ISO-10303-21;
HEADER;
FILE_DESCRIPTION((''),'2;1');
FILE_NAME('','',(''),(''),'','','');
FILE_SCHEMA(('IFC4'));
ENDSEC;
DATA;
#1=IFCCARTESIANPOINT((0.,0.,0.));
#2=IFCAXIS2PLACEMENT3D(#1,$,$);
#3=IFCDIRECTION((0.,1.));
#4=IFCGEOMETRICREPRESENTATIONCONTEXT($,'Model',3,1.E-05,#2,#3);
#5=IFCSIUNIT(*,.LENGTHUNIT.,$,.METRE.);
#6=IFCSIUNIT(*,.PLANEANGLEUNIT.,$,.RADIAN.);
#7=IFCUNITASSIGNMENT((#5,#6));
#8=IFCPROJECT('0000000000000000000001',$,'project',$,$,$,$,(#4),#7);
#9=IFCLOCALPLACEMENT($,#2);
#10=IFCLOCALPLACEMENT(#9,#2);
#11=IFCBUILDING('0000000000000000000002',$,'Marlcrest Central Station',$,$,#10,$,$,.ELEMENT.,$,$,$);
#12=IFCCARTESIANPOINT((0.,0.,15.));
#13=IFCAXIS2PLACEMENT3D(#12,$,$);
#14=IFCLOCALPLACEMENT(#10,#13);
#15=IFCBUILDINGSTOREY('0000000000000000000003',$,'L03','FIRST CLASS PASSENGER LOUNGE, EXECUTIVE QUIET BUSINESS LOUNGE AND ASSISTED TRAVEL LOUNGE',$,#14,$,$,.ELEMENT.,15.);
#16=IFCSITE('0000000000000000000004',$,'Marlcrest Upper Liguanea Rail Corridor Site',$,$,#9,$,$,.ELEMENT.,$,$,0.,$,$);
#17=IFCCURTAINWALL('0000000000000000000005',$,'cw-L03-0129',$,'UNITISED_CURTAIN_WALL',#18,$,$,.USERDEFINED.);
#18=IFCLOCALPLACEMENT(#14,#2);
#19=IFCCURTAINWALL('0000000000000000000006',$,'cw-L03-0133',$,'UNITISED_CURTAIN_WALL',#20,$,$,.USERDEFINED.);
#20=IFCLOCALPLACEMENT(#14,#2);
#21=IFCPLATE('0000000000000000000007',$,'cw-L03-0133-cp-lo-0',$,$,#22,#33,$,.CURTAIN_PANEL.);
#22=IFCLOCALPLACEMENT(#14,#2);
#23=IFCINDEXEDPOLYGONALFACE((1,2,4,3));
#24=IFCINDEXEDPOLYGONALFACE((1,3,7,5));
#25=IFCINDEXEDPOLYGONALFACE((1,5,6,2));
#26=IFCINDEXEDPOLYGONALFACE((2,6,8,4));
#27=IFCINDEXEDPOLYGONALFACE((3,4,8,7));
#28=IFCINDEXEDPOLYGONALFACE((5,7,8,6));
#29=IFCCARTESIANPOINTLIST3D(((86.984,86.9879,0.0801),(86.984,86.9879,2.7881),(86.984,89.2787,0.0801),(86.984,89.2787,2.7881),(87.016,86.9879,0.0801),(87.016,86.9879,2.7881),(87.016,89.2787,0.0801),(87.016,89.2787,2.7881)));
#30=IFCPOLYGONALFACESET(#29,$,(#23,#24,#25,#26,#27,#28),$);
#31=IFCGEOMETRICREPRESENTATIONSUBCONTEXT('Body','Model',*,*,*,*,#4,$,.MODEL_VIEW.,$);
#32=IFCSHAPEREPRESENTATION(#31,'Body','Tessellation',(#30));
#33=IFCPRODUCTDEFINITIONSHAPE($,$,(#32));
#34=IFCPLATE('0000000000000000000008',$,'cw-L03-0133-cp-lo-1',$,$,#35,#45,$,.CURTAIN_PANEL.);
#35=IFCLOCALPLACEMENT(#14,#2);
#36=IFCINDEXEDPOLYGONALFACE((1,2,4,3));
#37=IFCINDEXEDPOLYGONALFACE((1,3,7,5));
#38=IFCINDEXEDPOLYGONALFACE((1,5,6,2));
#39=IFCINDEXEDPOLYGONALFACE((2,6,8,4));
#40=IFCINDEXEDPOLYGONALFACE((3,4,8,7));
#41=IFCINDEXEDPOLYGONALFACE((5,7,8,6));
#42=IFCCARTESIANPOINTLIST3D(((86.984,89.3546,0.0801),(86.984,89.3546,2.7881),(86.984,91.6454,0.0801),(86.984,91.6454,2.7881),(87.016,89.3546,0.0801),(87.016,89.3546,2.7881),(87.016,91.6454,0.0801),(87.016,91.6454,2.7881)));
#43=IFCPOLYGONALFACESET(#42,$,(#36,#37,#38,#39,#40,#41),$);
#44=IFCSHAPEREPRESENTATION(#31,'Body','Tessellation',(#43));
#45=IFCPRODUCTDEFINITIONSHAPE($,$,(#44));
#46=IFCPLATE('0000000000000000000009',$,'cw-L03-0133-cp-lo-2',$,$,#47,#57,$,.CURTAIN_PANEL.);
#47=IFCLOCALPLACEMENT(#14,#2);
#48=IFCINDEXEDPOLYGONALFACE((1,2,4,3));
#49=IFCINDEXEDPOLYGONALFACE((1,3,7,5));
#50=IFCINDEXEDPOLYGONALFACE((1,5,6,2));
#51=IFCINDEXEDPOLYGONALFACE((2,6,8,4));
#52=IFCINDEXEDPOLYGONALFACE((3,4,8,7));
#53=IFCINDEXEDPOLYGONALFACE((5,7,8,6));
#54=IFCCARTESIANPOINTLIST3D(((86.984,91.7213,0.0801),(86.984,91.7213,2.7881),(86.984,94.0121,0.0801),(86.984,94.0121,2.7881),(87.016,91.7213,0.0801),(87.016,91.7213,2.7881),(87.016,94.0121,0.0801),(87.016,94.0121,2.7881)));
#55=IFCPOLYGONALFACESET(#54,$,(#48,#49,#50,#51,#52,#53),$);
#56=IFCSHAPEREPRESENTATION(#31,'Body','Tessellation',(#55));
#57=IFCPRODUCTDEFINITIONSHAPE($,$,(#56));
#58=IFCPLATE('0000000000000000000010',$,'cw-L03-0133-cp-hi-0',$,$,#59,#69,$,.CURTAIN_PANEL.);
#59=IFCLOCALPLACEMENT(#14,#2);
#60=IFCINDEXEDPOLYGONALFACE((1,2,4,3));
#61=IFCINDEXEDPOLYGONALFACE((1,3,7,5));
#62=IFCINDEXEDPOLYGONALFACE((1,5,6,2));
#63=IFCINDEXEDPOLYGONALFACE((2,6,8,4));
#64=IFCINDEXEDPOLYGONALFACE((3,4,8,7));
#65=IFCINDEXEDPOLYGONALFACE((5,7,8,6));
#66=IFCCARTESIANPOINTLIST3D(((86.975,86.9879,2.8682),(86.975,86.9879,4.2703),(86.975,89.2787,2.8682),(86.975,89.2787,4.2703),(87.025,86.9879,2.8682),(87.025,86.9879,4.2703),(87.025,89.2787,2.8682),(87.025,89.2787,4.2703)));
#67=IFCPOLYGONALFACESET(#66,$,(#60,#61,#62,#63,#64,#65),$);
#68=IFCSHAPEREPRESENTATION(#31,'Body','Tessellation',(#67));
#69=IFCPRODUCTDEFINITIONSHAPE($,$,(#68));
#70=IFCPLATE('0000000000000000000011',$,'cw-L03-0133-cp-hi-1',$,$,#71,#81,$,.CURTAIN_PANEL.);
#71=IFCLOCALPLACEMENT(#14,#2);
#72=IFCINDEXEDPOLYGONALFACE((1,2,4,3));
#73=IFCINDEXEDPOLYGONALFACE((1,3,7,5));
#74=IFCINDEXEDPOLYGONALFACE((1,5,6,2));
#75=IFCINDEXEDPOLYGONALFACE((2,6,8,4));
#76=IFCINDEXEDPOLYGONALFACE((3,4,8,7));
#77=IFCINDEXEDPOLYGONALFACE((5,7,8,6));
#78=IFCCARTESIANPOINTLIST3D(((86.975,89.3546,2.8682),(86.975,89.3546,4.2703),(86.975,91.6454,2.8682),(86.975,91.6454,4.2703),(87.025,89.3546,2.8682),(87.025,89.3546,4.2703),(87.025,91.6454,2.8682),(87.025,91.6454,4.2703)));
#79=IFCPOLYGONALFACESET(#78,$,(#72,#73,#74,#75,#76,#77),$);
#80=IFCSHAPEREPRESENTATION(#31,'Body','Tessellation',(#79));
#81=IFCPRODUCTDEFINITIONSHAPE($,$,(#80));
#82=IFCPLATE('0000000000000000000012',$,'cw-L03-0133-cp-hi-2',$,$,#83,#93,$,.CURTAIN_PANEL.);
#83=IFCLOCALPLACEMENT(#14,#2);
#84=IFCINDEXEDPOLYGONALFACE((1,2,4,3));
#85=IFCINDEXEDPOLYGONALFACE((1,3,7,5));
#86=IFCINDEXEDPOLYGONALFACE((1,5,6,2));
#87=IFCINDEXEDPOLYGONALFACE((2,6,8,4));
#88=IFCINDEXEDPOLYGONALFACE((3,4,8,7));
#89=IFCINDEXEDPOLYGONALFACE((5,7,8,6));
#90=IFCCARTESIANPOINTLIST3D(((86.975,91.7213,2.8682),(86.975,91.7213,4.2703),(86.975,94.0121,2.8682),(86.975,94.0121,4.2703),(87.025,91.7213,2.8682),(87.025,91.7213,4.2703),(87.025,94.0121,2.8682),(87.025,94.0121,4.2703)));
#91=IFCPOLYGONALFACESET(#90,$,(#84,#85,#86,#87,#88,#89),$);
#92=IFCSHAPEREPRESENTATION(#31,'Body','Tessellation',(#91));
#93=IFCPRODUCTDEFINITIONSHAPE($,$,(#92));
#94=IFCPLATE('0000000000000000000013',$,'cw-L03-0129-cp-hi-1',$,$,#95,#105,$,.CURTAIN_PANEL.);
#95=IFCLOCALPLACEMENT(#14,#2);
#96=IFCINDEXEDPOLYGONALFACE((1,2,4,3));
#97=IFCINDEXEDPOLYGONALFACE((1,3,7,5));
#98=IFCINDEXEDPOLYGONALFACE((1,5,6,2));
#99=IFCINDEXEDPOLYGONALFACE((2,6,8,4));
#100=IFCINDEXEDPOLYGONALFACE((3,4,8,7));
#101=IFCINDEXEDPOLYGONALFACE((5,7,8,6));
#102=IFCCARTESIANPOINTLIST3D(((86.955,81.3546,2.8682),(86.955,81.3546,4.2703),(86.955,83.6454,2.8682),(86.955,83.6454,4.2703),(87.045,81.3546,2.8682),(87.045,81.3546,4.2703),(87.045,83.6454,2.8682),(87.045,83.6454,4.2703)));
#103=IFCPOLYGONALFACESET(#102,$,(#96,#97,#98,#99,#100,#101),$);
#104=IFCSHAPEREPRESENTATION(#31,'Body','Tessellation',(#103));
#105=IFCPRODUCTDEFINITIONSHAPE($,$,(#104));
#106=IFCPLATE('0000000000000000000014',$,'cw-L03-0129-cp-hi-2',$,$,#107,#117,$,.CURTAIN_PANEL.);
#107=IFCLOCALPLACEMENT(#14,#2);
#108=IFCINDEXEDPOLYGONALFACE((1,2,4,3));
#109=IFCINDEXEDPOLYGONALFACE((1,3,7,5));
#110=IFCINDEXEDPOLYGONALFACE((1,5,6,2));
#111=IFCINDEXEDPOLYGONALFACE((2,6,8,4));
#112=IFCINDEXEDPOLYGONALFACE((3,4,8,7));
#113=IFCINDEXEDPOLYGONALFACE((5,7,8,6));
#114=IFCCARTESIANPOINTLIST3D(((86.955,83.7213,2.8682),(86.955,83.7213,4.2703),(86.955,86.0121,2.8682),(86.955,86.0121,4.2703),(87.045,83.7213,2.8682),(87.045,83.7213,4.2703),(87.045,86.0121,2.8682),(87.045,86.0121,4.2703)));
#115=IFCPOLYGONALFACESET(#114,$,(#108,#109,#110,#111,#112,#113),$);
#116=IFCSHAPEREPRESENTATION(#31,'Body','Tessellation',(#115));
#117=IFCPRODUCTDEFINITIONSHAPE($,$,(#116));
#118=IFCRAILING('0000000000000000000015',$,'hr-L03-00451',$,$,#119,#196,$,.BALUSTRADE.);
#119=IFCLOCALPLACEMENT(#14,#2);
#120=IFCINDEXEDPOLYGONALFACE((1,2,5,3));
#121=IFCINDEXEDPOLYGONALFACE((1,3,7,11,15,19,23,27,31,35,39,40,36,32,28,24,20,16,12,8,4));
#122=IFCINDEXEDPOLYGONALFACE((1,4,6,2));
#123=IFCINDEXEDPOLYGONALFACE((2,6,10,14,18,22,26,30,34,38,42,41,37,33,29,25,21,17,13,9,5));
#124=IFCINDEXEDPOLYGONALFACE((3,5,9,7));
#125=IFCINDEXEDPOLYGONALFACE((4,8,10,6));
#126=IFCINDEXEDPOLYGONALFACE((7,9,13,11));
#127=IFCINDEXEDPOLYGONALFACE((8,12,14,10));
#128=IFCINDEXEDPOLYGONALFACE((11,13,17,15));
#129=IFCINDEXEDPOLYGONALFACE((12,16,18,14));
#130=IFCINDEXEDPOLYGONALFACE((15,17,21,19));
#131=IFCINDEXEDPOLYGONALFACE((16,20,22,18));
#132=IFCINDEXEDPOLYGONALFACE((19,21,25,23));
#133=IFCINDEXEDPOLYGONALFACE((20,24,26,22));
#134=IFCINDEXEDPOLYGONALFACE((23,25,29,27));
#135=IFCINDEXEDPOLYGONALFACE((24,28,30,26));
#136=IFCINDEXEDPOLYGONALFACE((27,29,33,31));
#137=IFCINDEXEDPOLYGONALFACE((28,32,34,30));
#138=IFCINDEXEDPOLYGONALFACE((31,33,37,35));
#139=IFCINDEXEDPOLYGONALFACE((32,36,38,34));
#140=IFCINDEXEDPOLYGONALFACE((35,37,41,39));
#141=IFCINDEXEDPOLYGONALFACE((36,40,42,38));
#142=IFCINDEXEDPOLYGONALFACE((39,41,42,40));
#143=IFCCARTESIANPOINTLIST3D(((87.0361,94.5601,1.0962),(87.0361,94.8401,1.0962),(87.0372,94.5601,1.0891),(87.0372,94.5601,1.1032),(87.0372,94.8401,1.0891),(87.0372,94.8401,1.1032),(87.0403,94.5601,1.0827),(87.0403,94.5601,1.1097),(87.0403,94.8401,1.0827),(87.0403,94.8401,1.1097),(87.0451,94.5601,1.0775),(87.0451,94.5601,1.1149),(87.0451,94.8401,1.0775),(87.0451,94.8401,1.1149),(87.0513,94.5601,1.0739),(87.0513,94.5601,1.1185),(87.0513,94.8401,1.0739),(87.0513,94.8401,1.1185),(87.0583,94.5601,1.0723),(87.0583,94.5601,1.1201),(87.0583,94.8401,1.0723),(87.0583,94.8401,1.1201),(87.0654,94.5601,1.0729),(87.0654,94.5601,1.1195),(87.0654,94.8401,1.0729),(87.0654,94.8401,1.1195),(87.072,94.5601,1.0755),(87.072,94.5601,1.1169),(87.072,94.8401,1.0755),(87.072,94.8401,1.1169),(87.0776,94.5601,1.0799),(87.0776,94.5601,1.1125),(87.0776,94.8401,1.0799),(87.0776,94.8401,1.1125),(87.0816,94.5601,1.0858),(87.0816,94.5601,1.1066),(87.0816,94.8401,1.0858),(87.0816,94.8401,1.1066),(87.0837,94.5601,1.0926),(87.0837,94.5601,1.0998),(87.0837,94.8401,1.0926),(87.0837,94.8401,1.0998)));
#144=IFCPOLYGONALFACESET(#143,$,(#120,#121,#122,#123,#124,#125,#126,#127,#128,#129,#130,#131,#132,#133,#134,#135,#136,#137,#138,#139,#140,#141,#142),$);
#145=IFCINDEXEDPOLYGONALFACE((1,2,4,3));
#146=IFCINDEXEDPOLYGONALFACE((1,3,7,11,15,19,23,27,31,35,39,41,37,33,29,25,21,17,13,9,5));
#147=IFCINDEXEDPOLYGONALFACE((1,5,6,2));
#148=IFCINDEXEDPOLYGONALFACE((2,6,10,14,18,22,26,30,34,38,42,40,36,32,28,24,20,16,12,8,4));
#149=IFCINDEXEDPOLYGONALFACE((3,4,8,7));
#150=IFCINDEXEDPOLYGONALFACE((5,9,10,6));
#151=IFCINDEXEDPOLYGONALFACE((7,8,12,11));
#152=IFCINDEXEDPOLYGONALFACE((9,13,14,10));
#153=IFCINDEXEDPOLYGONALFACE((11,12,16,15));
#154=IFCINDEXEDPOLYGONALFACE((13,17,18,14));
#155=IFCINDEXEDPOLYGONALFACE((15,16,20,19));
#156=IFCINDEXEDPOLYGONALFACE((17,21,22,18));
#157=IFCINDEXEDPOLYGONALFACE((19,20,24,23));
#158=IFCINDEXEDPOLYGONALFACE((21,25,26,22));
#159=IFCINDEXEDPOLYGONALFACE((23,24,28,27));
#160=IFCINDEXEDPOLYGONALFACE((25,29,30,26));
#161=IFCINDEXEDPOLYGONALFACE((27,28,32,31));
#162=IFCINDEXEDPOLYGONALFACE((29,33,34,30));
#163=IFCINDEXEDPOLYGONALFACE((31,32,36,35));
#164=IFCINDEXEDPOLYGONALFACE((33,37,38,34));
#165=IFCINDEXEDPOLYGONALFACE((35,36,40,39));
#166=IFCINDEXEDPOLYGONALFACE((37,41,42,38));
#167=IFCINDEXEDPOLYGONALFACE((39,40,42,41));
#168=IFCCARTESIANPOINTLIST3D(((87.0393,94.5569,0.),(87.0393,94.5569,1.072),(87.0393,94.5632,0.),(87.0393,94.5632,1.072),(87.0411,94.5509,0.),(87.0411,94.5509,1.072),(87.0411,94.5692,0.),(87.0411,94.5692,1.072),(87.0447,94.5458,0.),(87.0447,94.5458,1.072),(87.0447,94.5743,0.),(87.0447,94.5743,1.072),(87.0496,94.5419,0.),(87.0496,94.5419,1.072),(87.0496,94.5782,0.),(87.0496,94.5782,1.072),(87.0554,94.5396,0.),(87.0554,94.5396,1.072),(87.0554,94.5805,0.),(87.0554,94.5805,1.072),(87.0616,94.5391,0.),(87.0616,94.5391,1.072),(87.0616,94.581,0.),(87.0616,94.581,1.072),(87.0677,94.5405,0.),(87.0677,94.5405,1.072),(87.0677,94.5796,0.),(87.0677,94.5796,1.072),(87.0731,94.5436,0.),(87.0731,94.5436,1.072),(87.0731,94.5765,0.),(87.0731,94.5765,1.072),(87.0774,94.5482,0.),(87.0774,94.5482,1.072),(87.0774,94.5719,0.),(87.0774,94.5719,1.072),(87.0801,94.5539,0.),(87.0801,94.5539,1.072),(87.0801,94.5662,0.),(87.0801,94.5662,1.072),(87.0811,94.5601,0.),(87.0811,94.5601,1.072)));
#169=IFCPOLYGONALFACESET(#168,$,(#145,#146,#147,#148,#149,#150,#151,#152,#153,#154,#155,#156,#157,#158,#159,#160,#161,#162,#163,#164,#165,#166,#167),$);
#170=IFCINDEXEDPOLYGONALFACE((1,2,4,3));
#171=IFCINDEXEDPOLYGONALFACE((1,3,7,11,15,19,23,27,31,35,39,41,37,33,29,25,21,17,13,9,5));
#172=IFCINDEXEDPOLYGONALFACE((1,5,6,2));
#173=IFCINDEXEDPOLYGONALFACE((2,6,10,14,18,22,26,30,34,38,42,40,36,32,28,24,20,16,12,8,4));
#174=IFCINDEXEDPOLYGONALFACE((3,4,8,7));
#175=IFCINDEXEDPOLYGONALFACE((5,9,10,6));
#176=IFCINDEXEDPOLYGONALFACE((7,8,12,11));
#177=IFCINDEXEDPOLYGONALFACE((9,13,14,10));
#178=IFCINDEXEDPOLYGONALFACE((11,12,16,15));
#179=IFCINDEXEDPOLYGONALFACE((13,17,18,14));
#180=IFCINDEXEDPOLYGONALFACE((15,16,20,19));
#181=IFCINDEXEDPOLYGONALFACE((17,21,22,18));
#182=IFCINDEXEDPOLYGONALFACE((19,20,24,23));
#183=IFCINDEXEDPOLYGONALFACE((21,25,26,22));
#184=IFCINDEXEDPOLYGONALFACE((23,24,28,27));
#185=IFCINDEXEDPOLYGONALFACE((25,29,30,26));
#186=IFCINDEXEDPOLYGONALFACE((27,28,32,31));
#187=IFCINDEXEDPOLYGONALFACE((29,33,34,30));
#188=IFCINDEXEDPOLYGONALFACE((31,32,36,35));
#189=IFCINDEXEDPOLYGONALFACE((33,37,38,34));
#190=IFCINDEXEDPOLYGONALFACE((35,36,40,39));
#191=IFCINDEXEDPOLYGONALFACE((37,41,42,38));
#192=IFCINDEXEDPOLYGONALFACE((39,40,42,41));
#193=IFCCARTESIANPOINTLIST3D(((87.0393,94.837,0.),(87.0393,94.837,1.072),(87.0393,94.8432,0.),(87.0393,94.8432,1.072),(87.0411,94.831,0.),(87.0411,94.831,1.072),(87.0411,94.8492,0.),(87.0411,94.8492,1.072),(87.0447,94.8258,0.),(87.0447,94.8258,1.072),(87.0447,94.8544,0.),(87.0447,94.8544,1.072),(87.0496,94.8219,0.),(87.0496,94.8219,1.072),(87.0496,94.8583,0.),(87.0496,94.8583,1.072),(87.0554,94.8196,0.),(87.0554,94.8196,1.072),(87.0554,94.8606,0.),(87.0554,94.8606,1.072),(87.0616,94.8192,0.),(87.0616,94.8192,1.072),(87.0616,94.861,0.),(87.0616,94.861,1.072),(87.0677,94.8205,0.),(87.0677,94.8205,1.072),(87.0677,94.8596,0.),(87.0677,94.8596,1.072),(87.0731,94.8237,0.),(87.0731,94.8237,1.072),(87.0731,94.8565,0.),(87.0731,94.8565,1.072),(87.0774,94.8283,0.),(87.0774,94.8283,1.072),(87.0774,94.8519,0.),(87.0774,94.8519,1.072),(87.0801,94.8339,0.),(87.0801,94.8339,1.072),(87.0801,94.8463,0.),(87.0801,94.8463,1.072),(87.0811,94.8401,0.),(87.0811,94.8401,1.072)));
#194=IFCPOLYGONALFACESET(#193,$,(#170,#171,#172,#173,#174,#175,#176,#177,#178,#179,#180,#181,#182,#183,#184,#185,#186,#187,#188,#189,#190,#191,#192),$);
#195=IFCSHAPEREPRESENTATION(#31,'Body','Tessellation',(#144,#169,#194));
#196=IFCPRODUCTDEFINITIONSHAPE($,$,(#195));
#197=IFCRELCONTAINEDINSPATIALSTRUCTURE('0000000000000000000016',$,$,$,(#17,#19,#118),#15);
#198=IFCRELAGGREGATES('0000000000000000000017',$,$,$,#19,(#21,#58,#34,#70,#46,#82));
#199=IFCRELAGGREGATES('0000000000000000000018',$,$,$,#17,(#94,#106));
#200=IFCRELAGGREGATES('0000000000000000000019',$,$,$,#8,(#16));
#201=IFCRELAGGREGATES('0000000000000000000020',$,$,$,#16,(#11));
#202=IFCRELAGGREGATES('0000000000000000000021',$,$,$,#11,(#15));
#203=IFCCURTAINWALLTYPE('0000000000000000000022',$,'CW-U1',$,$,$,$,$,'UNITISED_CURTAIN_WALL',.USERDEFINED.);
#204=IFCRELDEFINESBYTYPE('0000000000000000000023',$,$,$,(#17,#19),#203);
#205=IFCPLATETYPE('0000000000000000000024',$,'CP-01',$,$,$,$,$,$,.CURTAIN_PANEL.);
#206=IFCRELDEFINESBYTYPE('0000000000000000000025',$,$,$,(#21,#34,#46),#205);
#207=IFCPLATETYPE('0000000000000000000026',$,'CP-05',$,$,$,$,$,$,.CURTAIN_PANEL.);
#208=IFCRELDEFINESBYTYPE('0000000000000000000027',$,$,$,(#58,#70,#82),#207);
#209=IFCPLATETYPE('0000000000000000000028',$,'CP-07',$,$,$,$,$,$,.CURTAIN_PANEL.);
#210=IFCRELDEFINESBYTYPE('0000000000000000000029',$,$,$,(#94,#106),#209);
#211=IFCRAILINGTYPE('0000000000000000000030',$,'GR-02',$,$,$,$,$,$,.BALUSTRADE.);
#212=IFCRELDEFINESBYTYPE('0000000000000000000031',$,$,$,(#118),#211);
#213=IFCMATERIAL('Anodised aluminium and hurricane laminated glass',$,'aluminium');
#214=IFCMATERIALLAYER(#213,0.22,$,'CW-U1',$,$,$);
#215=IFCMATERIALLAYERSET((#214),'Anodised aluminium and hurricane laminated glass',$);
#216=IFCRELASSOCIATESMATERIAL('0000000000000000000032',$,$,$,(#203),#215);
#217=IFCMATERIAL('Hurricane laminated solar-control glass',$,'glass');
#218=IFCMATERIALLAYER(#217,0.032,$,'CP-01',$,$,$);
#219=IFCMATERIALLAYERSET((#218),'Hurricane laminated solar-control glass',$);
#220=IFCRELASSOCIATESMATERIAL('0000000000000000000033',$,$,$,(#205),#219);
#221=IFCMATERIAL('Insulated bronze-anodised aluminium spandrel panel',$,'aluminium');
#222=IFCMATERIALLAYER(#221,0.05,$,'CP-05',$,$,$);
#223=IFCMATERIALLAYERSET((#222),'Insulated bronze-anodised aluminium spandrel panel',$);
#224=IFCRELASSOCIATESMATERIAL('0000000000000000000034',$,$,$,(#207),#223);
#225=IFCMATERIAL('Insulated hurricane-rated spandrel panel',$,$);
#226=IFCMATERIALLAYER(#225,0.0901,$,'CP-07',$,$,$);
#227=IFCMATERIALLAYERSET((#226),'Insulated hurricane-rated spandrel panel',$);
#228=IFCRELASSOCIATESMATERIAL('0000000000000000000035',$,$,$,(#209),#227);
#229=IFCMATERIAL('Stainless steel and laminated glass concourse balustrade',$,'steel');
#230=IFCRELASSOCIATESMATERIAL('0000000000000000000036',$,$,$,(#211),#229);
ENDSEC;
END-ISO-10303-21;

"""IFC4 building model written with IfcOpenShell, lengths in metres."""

from ifc_helpers import new_model, si_unit, direction, frame, origin, origin_2d, place, context, subcontext, project, spatial, rectangle, circle, extrude, material, layer, layer_set, type_object, element, aggregate, save


model = new_model("IFC4")

# Units and contexts
model_context = context("Model", 3, precision=1e-05, world=origin(), true_north=direction((0.0, 1.0)))
body_context = subcontext(model_context, "Body", "Model", "MODEL_VIEW")
ifc_project = project(units=[si_unit("LENGTHUNIT", "METRE"), si_unit("PLANEANGLEUNIT", "RADIAN")], contexts=[model_context])

# Site, building, storey
site_placement = place(None, origin())
site = spatial("IfcSite", under=ifc_project, at=site_placement, Name="Marlcrest Upper Liguanea Rail Corridor Site", CompositionType="ELEMENT", RefElevation=0.0)
building_placement = place(site_placement, origin())
building = spatial("IfcBuilding", under=site, at=building_placement, Name="Marlcrest Central Station", CompositionType="ELEMENT")
storey_placement = place(building_placement, frame((0.0, 0.0, 15.0)))
storey = spatial("IfcBuildingStorey", under=building, at=storey_placement, Name="L03", Description="FIRST CLASS PASSENGER LOUNGE, EXECUTIVE QUIET BUSINESS LOUNGE AND ASSISTED TRAVEL LOUNGE", CompositionType="ELEMENT", Elevation=15.0)

# Curtain walls
ifc_material_1 = material(Name="Anodised aluminium and hurricane laminated glass", Category="aluminium")
ifc_layer_1 = layer(ifc_material_1, 0.22, Name="CW-U1")
ifc_layer_set_1 = layer_set([ifc_layer_1], Name="Anodised aluminium and hurricane laminated glass")
curtain_wall_type = type_object("IfcCurtainWallType", Name="CW-U1", ElementType="UNITISED_CURTAIN_WALL", PredefinedType="USERDEFINED", material=ifc_layer_set_1)
curtain_wall_1_placement = place(storey_placement, origin())
curtain_wall_1 = element("IfcCurtainWall", 1, at=curtain_wall_1_placement, inside=storey, type_object=curtain_wall_type, Name="cw-L03-0129", ObjectType="UNITISED_CURTAIN_WALL", PredefinedType="USERDEFINED")
curtain_wall_2_placement = place(storey_placement, origin())
curtain_wall_2 = element("IfcCurtainWall", 2, at=curtain_wall_2_placement, inside=storey, type_object=curtain_wall_type, Name="cw-L03-0133", ObjectType="UNITISED_CURTAIN_WALL", PredefinedType="USERDEFINED")

# Plates
ifc_material_2 = material(Name="Hurricane laminated solar-control glass", Category="glass")
ifc_layer_2 = layer(ifc_material_2, 0.032, Name="CP-01")
ifc_layer_set_2 = layer_set([ifc_layer_2], Name="Hurricane laminated solar-control glass")
plate_type_1 = type_object("IfcPlateType", Name="CP-01", PredefinedType="CURTAIN_PANEL", material=ifc_layer_set_2)
plate_1_placement = place(storey_placement, frame((87.0, 88.1333, 0.0801), z_axis=(0.0, 0.0, 1.0), x_axis=(0.0, 1.0, 0.0)))
plate_1 = element("IfcPlate", 3, at=plate_1_placement, type_object=plate_type_1, Name="cw-L03-0133-cp-lo-0", PredefinedType="CURTAIN_PANEL", context=body_context, shape_type="SweptSolid", body=[
    extrude(rectangle(XDim=2.2908, YDim=0.032, at=origin_2d()), origin(), (0.0, 0.0, 1.0), 2.708),
])
plate_2_placement = place(storey_placement, frame((87.0, 90.5, 0.0801), z_axis=(0.0, 0.0, 1.0), x_axis=(0.0, 1.0, 0.0)))
plate_2 = element("IfcPlate", 4, at=plate_2_placement, type_object=plate_type_1, Name="cw-L03-0133-cp-lo-1", PredefinedType="CURTAIN_PANEL", context=body_context, shape_type="SweptSolid", body=[
    extrude(rectangle(XDim=2.2908, YDim=0.032, at=origin_2d()), origin(), (0.0, 0.0, 1.0), 2.708),
])
plate_3_placement = place(storey_placement, frame((87.0, 92.8667, 0.0801), z_axis=(0.0, 0.0, 1.0), x_axis=(0.0, 1.0, 0.0)))
plate_3 = element("IfcPlate", 5, at=plate_3_placement, type_object=plate_type_1, Name="cw-L03-0133-cp-lo-2", PredefinedType="CURTAIN_PANEL", context=body_context, shape_type="SweptSolid", body=[
    extrude(rectangle(XDim=2.2908, YDim=0.032, at=origin_2d()), origin(), (0.0, 0.0, 1.0), 2.708),
])
ifc_material_3 = material(Name="Insulated bronze-anodised aluminium spandrel panel", Category="aluminium")
ifc_layer_3 = layer(ifc_material_3, 0.05, Name="CP-05")
ifc_layer_set_3 = layer_set([ifc_layer_3], Name="Insulated bronze-anodised aluminium spandrel panel")
plate_type_2 = type_object("IfcPlateType", Name="CP-05", PredefinedType="CURTAIN_PANEL", material=ifc_layer_set_3)
plate_4_placement = place(storey_placement, frame((87.0, 88.1333, 2.8682), z_axis=(0.0, 0.0, 1.0), x_axis=(0.0, 1.0, 0.0)))
plate_4 = element("IfcPlate", 6, at=plate_4_placement, type_object=plate_type_2, Name="cw-L03-0133-cp-hi-0", PredefinedType="CURTAIN_PANEL", context=body_context, shape_type="SweptSolid", body=[
    extrude(rectangle(XDim=2.2908, YDim=0.05, at=origin_2d()), origin(), (0.0, 0.0, 1.0), 1.4021),
])
plate_5_placement = place(storey_placement, frame((87.0, 90.5, 2.8682), z_axis=(0.0, 0.0, 1.0), x_axis=(0.0, 1.0, 0.0)))
plate_5 = element("IfcPlate", 7, at=plate_5_placement, type_object=plate_type_2, Name="cw-L03-0133-cp-hi-1", PredefinedType="CURTAIN_PANEL", context=body_context, shape_type="SweptSolid", body=[
    extrude(rectangle(XDim=2.2908, YDim=0.05, at=origin_2d()), origin(), (0.0, 0.0, 1.0), 1.4021),
])
plate_6_placement = place(storey_placement, frame((87.0, 92.8667, 2.8682), z_axis=(0.0, 0.0, 1.0), x_axis=(0.0, 1.0, 0.0)))
plate_6 = element("IfcPlate", 8, at=plate_6_placement, type_object=plate_type_2, Name="cw-L03-0133-cp-hi-2", PredefinedType="CURTAIN_PANEL", context=body_context, shape_type="SweptSolid", body=[
    extrude(rectangle(XDim=2.2908, YDim=0.05, at=origin_2d()), origin(), (0.0, 0.0, 1.0), 1.4021),
])
aggregate(curtain_wall_2, [plate_1, plate_4, plate_2, plate_5, plate_3, plate_6])
ifc_material_4 = material(Name="Insulated hurricane-rated spandrel panel")
ifc_layer_4 = layer(ifc_material_4, 0.0901, Name="CP-07")
ifc_layer_set_4 = layer_set([ifc_layer_4], Name="Insulated hurricane-rated spandrel panel")
plate_type_3 = type_object("IfcPlateType", Name="CP-07", PredefinedType="CURTAIN_PANEL", material=ifc_layer_set_4)
plate_7_placement = place(storey_placement, frame((87.0, 82.5, 2.8682), z_axis=(0.0, 0.0, 1.0), x_axis=(0.0, 1.0, 0.0)))
plate_7 = element("IfcPlate", 9, at=plate_7_placement, type_object=plate_type_3, Name="cw-L03-0129-cp-hi-1", PredefinedType="CURTAIN_PANEL", context=body_context, shape_type="SweptSolid", body=[
    extrude(rectangle(XDim=2.2908, YDim=0.0901, at=origin_2d()), origin(), (0.0, 0.0, 1.0), 1.4021),
])
plate_8_placement = place(storey_placement, frame((87.0, 84.8667, 2.8682), z_axis=(0.0, 0.0, 1.0), x_axis=(0.0, 1.0, 0.0)))
plate_8 = element("IfcPlate", 10, at=plate_8_placement, type_object=plate_type_3, Name="cw-L03-0129-cp-hi-2", PredefinedType="CURTAIN_PANEL", context=body_context, shape_type="SweptSolid", body=[
    extrude(rectangle(XDim=2.2908, YDim=0.0901, at=origin_2d()), origin(), (0.0, 0.0, 1.0), 1.4021),
])
aggregate(curtain_wall_1, [plate_7, plate_8])

# Railing
ifc_material_5 = material(Name="Stainless steel and laminated glass concourse balustrade", Category="steel")
railing_type = type_object("IfcRailingType", Name="GR-02", PredefinedType="BALUSTRADE", material=ifc_material_5)
railing_placement = place(storey_placement, frame((87.0601, 94.5601, 0.0)))
element("IfcRailing", 11, at=railing_placement, inside=storey, type_object=railing_type, Name="hr-L03-00451", PredefinedType="BALUSTRADE", context=body_context, shape_type="SweptSolid", body=[
    extrude(circle(Radius=0.0239, at=origin_2d()), frame((0.0, 0.0, 1.0962), z_axis=(0.0, 1.0, 0.0), x_axis=(-1.0, 0.0, 0.0)), (0.0, 0.0, 1.0), 0.28),
    extrude(circle(Radius=0.021, at=origin_2d()), origin(), (0.0, 0.0, 1.0), 1.072),
    extrude(circle(Radius=0.021, at=origin_2d()), frame((0.0, 0.28, 0.0)), (0.0, 0.0, 1.0), 1.072),
])

save(model, "model.ifc")
